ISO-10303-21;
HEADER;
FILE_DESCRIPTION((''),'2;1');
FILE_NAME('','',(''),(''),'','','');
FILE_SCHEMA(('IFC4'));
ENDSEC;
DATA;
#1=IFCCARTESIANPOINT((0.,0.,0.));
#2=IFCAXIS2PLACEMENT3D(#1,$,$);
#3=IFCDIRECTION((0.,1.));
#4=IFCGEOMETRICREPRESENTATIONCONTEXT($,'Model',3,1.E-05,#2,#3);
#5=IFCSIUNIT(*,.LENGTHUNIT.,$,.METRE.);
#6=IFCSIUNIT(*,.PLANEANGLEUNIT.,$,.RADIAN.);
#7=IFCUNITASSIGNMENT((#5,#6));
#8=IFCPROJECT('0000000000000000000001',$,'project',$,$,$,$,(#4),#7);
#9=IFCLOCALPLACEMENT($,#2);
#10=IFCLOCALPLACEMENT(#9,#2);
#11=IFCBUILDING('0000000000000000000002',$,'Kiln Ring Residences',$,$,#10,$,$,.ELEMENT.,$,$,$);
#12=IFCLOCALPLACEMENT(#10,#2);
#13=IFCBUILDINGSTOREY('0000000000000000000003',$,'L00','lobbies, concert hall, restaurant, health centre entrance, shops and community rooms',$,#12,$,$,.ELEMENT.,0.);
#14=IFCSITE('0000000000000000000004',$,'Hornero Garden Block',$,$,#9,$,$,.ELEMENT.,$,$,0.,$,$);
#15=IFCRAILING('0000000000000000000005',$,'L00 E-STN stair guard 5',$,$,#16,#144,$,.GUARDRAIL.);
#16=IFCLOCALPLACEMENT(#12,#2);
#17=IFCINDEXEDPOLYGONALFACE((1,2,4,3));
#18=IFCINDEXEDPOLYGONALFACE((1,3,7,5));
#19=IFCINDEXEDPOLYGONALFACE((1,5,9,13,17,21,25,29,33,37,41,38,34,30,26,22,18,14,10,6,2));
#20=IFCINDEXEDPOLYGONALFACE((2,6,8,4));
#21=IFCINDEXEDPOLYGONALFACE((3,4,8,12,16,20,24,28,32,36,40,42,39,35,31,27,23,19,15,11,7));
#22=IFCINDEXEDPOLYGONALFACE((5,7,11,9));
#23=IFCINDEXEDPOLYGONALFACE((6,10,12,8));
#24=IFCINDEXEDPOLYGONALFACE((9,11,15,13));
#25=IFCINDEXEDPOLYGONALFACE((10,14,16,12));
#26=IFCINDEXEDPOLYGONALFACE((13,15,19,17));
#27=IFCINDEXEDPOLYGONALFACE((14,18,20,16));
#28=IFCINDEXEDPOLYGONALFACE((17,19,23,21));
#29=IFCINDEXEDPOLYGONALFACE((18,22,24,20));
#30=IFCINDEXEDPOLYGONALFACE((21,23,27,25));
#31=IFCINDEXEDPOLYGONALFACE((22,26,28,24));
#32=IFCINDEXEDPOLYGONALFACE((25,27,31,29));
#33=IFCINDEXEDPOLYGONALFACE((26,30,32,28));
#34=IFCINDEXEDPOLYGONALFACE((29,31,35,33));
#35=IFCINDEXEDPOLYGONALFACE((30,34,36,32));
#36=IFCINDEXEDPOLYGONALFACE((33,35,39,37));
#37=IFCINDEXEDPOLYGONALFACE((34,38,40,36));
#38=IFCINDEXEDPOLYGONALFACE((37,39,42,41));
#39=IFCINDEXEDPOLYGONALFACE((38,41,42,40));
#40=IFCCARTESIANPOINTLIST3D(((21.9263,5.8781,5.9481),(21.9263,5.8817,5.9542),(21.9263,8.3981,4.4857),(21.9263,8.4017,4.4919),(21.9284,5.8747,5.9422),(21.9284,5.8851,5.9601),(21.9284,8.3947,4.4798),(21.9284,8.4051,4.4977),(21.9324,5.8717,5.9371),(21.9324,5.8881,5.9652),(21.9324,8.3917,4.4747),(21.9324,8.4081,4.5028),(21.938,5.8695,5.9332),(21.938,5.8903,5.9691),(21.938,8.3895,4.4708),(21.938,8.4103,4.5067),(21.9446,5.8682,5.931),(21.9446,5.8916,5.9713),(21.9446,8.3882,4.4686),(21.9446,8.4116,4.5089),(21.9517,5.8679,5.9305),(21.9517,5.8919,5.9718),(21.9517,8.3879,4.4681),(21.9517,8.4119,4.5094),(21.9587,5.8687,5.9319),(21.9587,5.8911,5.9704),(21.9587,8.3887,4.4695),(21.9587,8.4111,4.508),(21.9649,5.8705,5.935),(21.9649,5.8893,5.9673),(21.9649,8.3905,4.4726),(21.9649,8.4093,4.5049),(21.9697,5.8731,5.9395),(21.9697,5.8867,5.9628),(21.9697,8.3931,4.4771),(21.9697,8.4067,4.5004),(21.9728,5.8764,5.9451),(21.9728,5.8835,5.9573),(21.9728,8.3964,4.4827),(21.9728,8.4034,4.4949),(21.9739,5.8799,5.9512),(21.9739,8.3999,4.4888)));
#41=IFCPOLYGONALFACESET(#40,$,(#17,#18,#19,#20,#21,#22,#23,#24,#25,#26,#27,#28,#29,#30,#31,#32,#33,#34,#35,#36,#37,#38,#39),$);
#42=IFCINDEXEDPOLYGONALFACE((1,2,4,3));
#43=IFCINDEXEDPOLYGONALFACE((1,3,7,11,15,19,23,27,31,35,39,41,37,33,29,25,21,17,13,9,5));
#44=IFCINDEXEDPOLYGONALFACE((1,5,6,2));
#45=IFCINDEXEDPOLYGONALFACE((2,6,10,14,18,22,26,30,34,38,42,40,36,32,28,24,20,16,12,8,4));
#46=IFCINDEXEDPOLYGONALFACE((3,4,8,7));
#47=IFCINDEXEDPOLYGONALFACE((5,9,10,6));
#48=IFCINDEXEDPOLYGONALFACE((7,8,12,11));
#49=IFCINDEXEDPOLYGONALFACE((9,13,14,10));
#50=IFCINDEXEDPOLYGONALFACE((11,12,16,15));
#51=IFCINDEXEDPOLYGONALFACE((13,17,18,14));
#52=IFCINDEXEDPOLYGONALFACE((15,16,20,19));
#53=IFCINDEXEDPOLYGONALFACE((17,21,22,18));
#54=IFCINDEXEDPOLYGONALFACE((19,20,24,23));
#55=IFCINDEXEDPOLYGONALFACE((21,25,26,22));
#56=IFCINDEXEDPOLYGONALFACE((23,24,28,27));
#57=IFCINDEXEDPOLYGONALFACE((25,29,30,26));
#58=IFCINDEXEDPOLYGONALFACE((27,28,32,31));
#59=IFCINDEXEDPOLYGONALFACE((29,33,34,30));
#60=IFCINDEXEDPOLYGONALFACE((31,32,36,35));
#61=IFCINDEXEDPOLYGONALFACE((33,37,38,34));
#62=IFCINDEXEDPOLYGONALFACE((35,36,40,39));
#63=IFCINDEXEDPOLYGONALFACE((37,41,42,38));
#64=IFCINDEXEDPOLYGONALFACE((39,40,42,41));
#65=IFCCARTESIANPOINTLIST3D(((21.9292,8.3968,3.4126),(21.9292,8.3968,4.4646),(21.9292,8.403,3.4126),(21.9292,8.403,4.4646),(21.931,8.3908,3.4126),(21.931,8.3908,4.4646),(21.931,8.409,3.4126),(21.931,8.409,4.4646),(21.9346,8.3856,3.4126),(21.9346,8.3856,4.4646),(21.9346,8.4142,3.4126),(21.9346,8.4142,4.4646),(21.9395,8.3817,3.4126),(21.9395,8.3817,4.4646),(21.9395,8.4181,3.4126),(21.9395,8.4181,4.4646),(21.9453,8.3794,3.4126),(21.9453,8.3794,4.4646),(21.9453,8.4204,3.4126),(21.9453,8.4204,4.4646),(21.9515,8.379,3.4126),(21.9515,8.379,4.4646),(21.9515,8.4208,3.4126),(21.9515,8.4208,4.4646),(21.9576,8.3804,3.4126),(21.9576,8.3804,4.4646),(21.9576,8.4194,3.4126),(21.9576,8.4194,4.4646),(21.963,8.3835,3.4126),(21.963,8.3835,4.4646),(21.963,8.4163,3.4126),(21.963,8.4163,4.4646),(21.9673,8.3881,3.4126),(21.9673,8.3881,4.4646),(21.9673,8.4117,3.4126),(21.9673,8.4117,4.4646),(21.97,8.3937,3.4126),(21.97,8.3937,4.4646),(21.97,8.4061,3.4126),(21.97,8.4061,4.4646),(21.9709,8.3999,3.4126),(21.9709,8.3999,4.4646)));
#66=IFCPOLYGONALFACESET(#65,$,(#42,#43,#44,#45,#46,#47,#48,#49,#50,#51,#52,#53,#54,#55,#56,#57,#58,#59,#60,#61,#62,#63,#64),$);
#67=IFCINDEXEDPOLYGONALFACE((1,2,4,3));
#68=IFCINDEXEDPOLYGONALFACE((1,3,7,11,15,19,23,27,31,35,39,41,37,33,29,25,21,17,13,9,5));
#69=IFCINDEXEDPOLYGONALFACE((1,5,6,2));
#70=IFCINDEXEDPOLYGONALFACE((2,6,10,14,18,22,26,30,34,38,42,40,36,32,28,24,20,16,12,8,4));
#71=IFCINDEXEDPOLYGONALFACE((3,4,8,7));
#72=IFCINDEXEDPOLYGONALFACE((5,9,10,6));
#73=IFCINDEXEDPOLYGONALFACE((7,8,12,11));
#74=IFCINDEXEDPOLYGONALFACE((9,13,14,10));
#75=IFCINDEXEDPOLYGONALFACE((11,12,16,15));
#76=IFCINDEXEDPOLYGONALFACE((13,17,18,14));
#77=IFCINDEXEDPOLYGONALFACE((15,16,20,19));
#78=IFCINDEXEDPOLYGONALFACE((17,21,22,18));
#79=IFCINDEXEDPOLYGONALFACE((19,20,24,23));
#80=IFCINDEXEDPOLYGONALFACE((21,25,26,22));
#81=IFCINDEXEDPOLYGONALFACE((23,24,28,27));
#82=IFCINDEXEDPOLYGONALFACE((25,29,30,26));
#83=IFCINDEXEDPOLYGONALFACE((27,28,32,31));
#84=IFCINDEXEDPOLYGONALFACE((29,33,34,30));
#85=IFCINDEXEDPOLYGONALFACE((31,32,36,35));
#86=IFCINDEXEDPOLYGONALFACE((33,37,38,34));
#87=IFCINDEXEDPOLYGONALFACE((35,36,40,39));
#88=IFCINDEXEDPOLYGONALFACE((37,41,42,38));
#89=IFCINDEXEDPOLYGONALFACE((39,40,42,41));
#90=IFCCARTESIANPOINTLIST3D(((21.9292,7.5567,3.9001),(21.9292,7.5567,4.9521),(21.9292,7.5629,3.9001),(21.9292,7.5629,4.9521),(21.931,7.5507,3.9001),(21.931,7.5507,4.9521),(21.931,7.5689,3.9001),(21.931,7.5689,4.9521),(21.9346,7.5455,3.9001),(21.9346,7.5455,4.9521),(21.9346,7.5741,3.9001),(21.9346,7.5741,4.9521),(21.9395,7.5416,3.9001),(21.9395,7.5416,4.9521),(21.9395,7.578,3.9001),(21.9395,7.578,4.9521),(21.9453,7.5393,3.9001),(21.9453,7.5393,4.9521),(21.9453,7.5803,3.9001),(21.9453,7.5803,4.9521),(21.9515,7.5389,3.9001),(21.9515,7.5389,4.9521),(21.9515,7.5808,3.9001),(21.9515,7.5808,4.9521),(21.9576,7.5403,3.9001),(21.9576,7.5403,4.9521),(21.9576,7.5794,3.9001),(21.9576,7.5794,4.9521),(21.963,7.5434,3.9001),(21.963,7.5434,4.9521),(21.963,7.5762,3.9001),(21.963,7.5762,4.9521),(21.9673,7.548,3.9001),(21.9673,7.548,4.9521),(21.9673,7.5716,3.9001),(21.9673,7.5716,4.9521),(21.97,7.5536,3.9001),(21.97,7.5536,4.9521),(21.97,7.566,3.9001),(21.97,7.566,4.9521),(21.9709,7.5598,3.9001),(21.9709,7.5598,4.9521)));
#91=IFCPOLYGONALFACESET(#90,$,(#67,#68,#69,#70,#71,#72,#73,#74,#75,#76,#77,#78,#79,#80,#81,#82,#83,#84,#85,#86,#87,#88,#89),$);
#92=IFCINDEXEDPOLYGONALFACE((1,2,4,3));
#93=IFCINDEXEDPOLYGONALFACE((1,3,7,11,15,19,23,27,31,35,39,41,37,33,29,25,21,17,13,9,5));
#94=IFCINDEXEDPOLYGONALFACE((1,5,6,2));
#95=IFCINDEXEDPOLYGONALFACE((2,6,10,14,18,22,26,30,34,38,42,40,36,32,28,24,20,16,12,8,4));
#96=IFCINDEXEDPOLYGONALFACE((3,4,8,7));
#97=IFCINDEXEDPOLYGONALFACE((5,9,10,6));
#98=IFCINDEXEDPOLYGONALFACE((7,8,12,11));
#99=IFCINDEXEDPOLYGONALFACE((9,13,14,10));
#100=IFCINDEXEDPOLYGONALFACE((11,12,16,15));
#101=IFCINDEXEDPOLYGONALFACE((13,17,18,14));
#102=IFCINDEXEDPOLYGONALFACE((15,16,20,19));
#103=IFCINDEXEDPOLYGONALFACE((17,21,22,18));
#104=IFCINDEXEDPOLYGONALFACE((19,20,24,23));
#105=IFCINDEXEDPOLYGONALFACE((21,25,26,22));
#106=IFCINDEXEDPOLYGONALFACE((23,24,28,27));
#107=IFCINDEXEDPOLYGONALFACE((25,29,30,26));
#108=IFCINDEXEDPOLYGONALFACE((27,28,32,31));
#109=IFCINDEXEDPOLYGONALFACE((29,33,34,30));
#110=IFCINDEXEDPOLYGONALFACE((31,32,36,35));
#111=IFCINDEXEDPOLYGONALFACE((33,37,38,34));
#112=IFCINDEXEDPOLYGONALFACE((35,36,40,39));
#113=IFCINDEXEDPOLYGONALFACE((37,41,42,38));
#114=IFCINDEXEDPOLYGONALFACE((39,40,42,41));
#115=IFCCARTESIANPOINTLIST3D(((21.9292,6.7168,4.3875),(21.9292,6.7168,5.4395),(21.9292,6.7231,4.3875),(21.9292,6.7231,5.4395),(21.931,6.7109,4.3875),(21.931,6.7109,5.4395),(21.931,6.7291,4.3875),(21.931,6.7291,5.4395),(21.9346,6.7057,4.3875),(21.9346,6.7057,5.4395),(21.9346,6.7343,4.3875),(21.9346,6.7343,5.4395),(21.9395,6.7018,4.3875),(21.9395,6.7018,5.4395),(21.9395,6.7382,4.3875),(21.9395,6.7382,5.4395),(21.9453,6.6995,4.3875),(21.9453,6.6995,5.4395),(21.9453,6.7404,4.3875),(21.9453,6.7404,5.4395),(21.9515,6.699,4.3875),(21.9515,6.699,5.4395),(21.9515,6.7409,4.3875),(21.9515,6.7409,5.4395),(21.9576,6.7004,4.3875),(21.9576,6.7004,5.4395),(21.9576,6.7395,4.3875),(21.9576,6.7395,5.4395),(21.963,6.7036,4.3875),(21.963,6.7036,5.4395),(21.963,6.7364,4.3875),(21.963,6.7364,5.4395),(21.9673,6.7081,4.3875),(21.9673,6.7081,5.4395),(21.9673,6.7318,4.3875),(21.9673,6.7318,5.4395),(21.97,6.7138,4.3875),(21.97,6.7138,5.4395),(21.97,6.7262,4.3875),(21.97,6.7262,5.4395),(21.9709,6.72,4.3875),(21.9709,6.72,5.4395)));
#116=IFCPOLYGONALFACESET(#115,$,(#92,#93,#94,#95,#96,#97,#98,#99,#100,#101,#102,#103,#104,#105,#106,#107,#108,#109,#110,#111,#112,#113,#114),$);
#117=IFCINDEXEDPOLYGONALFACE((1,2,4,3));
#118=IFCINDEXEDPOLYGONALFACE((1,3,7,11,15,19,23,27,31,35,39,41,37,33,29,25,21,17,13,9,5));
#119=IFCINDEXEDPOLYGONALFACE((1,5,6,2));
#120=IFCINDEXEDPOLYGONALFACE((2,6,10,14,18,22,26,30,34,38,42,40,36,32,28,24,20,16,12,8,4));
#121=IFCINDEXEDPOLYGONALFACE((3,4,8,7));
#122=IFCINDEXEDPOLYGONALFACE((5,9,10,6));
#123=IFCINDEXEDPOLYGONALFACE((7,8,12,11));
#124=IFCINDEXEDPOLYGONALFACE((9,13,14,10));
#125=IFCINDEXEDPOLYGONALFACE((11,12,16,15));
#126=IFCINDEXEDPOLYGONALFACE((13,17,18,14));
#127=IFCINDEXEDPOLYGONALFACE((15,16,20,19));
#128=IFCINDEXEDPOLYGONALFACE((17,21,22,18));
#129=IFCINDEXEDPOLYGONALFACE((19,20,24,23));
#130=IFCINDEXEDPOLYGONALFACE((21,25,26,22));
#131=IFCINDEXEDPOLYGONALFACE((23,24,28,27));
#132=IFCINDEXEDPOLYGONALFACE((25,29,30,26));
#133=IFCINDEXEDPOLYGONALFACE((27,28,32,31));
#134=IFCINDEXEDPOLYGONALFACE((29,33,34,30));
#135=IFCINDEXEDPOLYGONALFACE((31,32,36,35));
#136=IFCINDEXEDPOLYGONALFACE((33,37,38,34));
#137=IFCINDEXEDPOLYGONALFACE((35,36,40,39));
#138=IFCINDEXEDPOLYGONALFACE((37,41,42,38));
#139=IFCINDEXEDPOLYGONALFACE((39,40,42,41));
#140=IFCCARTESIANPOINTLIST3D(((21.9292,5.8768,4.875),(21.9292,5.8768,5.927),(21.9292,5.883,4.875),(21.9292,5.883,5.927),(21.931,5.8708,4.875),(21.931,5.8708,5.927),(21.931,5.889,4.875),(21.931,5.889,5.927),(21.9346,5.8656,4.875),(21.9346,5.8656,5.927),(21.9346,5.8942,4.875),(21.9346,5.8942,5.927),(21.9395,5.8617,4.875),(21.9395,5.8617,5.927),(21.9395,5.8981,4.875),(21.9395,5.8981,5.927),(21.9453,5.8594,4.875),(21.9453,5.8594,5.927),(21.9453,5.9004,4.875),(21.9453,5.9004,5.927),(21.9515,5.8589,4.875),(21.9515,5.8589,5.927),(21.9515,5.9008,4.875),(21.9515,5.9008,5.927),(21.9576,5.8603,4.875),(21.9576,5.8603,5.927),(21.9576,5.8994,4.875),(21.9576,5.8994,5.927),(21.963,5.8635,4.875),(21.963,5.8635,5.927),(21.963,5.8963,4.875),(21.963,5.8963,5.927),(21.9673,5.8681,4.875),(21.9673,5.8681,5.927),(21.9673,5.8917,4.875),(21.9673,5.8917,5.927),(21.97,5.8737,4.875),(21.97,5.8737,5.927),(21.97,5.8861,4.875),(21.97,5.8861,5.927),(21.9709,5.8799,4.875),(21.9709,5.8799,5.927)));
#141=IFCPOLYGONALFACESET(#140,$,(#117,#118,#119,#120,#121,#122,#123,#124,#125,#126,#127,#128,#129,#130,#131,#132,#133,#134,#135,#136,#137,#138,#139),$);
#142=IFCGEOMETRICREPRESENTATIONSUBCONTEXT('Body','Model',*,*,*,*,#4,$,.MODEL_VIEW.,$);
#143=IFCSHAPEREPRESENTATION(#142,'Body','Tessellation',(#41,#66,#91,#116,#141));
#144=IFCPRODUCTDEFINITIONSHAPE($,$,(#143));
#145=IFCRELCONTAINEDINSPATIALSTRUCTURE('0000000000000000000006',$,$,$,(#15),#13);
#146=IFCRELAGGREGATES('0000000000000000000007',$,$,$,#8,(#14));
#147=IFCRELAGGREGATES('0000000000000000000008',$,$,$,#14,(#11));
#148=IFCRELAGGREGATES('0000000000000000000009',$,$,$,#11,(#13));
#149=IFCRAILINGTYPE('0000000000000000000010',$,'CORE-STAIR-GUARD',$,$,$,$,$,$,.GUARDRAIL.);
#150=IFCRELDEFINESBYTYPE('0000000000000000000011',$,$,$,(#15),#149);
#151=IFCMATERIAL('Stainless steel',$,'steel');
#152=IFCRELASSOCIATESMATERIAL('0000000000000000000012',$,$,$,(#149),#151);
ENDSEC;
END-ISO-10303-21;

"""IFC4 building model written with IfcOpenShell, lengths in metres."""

from ifc_helpers import new_model, si_unit, direction, frame, origin, origin_2d, place, context, subcontext, project, spatial, circle, extrude, material, type_object, element, save


model = new_model("IFC4")

# Units and contexts
model_context = context("Model", 3, precision=1e-05, world=origin(), true_north=direction((0.0, 1.0)))
body_context = subcontext(model_context, "Body", "Model", "MODEL_VIEW")
ifc_project = project(units=[si_unit("LENGTHUNIT", "METRE"), si_unit("PLANEANGLEUNIT", "RADIAN")], contexts=[model_context])

# Site, building, storey
site_placement = place(None, origin())
site = spatial("IfcSite", under=ifc_project, at=site_placement, Name="Hornero Garden Block", CompositionType="ELEMENT", RefElevation=0.0)
building_placement = place(site_placement, origin())
building = spatial("IfcBuilding", under=site, at=building_placement, Name="Kiln Ring Residences", CompositionType="ELEMENT")
storey_placement = place(building_placement, origin())
storey = spatial("IfcBuildingStorey", under=building, at=storey_placement, Name="L00", Description="lobbies, concert hall, restaurant, health centre entrance, shops and community rooms", CompositionType="ELEMENT", Elevation=0.0)

# Railing
ifc_material_1 = material(Name="Stainless steel", Category="steel")
railing_type_1 = type_object("IfcRailingType", Name="CORE-STAIR-GUARD", PredefinedType="GUARDRAIL", material=ifc_material_1)
railing_1_placement = place(storey_placement, frame((21.95, 8.3999, 3.4126)))
element("IfcRailing", 1, at=railing_1_placement, inside=storey, type_object=railing_type_1, Name="L00 E-STN stair guard 5", PredefinedType="GUARDRAIL", context=body_context, shape_type="SweptSolid", body=[
    extrude(circle(Radius=0.0239, at=origin_2d()), frame((0.0, 0.0, 1.0762), z_axis=(0.0, -0.864913, 0.501921), x_axis=(1.0, 0.0, 0.0)), (0.0, 0.0, 1.0), 2.9136),
    extrude(circle(Radius=0.021, at=origin_2d()), origin(), (0.0, 0.0, 1.0), 1.052),
    extrude(circle(Radius=0.021, at=origin_2d()), frame((0.0, -0.8401, 0.4875)), (0.0, 0.0, 1.0), 1.052),
    extrude(circle(Radius=0.021, at=origin_2d()), frame((0.0, -1.6799, 0.9749)), (0.0, 0.0, 1.0), 1.052),
    extrude(circle(Radius=0.021, at=origin_2d()), frame((0.0, -2.52, 1.4624)), (0.0, 0.0, 1.0), 1.052),
])

save(model, "model.ifc")
